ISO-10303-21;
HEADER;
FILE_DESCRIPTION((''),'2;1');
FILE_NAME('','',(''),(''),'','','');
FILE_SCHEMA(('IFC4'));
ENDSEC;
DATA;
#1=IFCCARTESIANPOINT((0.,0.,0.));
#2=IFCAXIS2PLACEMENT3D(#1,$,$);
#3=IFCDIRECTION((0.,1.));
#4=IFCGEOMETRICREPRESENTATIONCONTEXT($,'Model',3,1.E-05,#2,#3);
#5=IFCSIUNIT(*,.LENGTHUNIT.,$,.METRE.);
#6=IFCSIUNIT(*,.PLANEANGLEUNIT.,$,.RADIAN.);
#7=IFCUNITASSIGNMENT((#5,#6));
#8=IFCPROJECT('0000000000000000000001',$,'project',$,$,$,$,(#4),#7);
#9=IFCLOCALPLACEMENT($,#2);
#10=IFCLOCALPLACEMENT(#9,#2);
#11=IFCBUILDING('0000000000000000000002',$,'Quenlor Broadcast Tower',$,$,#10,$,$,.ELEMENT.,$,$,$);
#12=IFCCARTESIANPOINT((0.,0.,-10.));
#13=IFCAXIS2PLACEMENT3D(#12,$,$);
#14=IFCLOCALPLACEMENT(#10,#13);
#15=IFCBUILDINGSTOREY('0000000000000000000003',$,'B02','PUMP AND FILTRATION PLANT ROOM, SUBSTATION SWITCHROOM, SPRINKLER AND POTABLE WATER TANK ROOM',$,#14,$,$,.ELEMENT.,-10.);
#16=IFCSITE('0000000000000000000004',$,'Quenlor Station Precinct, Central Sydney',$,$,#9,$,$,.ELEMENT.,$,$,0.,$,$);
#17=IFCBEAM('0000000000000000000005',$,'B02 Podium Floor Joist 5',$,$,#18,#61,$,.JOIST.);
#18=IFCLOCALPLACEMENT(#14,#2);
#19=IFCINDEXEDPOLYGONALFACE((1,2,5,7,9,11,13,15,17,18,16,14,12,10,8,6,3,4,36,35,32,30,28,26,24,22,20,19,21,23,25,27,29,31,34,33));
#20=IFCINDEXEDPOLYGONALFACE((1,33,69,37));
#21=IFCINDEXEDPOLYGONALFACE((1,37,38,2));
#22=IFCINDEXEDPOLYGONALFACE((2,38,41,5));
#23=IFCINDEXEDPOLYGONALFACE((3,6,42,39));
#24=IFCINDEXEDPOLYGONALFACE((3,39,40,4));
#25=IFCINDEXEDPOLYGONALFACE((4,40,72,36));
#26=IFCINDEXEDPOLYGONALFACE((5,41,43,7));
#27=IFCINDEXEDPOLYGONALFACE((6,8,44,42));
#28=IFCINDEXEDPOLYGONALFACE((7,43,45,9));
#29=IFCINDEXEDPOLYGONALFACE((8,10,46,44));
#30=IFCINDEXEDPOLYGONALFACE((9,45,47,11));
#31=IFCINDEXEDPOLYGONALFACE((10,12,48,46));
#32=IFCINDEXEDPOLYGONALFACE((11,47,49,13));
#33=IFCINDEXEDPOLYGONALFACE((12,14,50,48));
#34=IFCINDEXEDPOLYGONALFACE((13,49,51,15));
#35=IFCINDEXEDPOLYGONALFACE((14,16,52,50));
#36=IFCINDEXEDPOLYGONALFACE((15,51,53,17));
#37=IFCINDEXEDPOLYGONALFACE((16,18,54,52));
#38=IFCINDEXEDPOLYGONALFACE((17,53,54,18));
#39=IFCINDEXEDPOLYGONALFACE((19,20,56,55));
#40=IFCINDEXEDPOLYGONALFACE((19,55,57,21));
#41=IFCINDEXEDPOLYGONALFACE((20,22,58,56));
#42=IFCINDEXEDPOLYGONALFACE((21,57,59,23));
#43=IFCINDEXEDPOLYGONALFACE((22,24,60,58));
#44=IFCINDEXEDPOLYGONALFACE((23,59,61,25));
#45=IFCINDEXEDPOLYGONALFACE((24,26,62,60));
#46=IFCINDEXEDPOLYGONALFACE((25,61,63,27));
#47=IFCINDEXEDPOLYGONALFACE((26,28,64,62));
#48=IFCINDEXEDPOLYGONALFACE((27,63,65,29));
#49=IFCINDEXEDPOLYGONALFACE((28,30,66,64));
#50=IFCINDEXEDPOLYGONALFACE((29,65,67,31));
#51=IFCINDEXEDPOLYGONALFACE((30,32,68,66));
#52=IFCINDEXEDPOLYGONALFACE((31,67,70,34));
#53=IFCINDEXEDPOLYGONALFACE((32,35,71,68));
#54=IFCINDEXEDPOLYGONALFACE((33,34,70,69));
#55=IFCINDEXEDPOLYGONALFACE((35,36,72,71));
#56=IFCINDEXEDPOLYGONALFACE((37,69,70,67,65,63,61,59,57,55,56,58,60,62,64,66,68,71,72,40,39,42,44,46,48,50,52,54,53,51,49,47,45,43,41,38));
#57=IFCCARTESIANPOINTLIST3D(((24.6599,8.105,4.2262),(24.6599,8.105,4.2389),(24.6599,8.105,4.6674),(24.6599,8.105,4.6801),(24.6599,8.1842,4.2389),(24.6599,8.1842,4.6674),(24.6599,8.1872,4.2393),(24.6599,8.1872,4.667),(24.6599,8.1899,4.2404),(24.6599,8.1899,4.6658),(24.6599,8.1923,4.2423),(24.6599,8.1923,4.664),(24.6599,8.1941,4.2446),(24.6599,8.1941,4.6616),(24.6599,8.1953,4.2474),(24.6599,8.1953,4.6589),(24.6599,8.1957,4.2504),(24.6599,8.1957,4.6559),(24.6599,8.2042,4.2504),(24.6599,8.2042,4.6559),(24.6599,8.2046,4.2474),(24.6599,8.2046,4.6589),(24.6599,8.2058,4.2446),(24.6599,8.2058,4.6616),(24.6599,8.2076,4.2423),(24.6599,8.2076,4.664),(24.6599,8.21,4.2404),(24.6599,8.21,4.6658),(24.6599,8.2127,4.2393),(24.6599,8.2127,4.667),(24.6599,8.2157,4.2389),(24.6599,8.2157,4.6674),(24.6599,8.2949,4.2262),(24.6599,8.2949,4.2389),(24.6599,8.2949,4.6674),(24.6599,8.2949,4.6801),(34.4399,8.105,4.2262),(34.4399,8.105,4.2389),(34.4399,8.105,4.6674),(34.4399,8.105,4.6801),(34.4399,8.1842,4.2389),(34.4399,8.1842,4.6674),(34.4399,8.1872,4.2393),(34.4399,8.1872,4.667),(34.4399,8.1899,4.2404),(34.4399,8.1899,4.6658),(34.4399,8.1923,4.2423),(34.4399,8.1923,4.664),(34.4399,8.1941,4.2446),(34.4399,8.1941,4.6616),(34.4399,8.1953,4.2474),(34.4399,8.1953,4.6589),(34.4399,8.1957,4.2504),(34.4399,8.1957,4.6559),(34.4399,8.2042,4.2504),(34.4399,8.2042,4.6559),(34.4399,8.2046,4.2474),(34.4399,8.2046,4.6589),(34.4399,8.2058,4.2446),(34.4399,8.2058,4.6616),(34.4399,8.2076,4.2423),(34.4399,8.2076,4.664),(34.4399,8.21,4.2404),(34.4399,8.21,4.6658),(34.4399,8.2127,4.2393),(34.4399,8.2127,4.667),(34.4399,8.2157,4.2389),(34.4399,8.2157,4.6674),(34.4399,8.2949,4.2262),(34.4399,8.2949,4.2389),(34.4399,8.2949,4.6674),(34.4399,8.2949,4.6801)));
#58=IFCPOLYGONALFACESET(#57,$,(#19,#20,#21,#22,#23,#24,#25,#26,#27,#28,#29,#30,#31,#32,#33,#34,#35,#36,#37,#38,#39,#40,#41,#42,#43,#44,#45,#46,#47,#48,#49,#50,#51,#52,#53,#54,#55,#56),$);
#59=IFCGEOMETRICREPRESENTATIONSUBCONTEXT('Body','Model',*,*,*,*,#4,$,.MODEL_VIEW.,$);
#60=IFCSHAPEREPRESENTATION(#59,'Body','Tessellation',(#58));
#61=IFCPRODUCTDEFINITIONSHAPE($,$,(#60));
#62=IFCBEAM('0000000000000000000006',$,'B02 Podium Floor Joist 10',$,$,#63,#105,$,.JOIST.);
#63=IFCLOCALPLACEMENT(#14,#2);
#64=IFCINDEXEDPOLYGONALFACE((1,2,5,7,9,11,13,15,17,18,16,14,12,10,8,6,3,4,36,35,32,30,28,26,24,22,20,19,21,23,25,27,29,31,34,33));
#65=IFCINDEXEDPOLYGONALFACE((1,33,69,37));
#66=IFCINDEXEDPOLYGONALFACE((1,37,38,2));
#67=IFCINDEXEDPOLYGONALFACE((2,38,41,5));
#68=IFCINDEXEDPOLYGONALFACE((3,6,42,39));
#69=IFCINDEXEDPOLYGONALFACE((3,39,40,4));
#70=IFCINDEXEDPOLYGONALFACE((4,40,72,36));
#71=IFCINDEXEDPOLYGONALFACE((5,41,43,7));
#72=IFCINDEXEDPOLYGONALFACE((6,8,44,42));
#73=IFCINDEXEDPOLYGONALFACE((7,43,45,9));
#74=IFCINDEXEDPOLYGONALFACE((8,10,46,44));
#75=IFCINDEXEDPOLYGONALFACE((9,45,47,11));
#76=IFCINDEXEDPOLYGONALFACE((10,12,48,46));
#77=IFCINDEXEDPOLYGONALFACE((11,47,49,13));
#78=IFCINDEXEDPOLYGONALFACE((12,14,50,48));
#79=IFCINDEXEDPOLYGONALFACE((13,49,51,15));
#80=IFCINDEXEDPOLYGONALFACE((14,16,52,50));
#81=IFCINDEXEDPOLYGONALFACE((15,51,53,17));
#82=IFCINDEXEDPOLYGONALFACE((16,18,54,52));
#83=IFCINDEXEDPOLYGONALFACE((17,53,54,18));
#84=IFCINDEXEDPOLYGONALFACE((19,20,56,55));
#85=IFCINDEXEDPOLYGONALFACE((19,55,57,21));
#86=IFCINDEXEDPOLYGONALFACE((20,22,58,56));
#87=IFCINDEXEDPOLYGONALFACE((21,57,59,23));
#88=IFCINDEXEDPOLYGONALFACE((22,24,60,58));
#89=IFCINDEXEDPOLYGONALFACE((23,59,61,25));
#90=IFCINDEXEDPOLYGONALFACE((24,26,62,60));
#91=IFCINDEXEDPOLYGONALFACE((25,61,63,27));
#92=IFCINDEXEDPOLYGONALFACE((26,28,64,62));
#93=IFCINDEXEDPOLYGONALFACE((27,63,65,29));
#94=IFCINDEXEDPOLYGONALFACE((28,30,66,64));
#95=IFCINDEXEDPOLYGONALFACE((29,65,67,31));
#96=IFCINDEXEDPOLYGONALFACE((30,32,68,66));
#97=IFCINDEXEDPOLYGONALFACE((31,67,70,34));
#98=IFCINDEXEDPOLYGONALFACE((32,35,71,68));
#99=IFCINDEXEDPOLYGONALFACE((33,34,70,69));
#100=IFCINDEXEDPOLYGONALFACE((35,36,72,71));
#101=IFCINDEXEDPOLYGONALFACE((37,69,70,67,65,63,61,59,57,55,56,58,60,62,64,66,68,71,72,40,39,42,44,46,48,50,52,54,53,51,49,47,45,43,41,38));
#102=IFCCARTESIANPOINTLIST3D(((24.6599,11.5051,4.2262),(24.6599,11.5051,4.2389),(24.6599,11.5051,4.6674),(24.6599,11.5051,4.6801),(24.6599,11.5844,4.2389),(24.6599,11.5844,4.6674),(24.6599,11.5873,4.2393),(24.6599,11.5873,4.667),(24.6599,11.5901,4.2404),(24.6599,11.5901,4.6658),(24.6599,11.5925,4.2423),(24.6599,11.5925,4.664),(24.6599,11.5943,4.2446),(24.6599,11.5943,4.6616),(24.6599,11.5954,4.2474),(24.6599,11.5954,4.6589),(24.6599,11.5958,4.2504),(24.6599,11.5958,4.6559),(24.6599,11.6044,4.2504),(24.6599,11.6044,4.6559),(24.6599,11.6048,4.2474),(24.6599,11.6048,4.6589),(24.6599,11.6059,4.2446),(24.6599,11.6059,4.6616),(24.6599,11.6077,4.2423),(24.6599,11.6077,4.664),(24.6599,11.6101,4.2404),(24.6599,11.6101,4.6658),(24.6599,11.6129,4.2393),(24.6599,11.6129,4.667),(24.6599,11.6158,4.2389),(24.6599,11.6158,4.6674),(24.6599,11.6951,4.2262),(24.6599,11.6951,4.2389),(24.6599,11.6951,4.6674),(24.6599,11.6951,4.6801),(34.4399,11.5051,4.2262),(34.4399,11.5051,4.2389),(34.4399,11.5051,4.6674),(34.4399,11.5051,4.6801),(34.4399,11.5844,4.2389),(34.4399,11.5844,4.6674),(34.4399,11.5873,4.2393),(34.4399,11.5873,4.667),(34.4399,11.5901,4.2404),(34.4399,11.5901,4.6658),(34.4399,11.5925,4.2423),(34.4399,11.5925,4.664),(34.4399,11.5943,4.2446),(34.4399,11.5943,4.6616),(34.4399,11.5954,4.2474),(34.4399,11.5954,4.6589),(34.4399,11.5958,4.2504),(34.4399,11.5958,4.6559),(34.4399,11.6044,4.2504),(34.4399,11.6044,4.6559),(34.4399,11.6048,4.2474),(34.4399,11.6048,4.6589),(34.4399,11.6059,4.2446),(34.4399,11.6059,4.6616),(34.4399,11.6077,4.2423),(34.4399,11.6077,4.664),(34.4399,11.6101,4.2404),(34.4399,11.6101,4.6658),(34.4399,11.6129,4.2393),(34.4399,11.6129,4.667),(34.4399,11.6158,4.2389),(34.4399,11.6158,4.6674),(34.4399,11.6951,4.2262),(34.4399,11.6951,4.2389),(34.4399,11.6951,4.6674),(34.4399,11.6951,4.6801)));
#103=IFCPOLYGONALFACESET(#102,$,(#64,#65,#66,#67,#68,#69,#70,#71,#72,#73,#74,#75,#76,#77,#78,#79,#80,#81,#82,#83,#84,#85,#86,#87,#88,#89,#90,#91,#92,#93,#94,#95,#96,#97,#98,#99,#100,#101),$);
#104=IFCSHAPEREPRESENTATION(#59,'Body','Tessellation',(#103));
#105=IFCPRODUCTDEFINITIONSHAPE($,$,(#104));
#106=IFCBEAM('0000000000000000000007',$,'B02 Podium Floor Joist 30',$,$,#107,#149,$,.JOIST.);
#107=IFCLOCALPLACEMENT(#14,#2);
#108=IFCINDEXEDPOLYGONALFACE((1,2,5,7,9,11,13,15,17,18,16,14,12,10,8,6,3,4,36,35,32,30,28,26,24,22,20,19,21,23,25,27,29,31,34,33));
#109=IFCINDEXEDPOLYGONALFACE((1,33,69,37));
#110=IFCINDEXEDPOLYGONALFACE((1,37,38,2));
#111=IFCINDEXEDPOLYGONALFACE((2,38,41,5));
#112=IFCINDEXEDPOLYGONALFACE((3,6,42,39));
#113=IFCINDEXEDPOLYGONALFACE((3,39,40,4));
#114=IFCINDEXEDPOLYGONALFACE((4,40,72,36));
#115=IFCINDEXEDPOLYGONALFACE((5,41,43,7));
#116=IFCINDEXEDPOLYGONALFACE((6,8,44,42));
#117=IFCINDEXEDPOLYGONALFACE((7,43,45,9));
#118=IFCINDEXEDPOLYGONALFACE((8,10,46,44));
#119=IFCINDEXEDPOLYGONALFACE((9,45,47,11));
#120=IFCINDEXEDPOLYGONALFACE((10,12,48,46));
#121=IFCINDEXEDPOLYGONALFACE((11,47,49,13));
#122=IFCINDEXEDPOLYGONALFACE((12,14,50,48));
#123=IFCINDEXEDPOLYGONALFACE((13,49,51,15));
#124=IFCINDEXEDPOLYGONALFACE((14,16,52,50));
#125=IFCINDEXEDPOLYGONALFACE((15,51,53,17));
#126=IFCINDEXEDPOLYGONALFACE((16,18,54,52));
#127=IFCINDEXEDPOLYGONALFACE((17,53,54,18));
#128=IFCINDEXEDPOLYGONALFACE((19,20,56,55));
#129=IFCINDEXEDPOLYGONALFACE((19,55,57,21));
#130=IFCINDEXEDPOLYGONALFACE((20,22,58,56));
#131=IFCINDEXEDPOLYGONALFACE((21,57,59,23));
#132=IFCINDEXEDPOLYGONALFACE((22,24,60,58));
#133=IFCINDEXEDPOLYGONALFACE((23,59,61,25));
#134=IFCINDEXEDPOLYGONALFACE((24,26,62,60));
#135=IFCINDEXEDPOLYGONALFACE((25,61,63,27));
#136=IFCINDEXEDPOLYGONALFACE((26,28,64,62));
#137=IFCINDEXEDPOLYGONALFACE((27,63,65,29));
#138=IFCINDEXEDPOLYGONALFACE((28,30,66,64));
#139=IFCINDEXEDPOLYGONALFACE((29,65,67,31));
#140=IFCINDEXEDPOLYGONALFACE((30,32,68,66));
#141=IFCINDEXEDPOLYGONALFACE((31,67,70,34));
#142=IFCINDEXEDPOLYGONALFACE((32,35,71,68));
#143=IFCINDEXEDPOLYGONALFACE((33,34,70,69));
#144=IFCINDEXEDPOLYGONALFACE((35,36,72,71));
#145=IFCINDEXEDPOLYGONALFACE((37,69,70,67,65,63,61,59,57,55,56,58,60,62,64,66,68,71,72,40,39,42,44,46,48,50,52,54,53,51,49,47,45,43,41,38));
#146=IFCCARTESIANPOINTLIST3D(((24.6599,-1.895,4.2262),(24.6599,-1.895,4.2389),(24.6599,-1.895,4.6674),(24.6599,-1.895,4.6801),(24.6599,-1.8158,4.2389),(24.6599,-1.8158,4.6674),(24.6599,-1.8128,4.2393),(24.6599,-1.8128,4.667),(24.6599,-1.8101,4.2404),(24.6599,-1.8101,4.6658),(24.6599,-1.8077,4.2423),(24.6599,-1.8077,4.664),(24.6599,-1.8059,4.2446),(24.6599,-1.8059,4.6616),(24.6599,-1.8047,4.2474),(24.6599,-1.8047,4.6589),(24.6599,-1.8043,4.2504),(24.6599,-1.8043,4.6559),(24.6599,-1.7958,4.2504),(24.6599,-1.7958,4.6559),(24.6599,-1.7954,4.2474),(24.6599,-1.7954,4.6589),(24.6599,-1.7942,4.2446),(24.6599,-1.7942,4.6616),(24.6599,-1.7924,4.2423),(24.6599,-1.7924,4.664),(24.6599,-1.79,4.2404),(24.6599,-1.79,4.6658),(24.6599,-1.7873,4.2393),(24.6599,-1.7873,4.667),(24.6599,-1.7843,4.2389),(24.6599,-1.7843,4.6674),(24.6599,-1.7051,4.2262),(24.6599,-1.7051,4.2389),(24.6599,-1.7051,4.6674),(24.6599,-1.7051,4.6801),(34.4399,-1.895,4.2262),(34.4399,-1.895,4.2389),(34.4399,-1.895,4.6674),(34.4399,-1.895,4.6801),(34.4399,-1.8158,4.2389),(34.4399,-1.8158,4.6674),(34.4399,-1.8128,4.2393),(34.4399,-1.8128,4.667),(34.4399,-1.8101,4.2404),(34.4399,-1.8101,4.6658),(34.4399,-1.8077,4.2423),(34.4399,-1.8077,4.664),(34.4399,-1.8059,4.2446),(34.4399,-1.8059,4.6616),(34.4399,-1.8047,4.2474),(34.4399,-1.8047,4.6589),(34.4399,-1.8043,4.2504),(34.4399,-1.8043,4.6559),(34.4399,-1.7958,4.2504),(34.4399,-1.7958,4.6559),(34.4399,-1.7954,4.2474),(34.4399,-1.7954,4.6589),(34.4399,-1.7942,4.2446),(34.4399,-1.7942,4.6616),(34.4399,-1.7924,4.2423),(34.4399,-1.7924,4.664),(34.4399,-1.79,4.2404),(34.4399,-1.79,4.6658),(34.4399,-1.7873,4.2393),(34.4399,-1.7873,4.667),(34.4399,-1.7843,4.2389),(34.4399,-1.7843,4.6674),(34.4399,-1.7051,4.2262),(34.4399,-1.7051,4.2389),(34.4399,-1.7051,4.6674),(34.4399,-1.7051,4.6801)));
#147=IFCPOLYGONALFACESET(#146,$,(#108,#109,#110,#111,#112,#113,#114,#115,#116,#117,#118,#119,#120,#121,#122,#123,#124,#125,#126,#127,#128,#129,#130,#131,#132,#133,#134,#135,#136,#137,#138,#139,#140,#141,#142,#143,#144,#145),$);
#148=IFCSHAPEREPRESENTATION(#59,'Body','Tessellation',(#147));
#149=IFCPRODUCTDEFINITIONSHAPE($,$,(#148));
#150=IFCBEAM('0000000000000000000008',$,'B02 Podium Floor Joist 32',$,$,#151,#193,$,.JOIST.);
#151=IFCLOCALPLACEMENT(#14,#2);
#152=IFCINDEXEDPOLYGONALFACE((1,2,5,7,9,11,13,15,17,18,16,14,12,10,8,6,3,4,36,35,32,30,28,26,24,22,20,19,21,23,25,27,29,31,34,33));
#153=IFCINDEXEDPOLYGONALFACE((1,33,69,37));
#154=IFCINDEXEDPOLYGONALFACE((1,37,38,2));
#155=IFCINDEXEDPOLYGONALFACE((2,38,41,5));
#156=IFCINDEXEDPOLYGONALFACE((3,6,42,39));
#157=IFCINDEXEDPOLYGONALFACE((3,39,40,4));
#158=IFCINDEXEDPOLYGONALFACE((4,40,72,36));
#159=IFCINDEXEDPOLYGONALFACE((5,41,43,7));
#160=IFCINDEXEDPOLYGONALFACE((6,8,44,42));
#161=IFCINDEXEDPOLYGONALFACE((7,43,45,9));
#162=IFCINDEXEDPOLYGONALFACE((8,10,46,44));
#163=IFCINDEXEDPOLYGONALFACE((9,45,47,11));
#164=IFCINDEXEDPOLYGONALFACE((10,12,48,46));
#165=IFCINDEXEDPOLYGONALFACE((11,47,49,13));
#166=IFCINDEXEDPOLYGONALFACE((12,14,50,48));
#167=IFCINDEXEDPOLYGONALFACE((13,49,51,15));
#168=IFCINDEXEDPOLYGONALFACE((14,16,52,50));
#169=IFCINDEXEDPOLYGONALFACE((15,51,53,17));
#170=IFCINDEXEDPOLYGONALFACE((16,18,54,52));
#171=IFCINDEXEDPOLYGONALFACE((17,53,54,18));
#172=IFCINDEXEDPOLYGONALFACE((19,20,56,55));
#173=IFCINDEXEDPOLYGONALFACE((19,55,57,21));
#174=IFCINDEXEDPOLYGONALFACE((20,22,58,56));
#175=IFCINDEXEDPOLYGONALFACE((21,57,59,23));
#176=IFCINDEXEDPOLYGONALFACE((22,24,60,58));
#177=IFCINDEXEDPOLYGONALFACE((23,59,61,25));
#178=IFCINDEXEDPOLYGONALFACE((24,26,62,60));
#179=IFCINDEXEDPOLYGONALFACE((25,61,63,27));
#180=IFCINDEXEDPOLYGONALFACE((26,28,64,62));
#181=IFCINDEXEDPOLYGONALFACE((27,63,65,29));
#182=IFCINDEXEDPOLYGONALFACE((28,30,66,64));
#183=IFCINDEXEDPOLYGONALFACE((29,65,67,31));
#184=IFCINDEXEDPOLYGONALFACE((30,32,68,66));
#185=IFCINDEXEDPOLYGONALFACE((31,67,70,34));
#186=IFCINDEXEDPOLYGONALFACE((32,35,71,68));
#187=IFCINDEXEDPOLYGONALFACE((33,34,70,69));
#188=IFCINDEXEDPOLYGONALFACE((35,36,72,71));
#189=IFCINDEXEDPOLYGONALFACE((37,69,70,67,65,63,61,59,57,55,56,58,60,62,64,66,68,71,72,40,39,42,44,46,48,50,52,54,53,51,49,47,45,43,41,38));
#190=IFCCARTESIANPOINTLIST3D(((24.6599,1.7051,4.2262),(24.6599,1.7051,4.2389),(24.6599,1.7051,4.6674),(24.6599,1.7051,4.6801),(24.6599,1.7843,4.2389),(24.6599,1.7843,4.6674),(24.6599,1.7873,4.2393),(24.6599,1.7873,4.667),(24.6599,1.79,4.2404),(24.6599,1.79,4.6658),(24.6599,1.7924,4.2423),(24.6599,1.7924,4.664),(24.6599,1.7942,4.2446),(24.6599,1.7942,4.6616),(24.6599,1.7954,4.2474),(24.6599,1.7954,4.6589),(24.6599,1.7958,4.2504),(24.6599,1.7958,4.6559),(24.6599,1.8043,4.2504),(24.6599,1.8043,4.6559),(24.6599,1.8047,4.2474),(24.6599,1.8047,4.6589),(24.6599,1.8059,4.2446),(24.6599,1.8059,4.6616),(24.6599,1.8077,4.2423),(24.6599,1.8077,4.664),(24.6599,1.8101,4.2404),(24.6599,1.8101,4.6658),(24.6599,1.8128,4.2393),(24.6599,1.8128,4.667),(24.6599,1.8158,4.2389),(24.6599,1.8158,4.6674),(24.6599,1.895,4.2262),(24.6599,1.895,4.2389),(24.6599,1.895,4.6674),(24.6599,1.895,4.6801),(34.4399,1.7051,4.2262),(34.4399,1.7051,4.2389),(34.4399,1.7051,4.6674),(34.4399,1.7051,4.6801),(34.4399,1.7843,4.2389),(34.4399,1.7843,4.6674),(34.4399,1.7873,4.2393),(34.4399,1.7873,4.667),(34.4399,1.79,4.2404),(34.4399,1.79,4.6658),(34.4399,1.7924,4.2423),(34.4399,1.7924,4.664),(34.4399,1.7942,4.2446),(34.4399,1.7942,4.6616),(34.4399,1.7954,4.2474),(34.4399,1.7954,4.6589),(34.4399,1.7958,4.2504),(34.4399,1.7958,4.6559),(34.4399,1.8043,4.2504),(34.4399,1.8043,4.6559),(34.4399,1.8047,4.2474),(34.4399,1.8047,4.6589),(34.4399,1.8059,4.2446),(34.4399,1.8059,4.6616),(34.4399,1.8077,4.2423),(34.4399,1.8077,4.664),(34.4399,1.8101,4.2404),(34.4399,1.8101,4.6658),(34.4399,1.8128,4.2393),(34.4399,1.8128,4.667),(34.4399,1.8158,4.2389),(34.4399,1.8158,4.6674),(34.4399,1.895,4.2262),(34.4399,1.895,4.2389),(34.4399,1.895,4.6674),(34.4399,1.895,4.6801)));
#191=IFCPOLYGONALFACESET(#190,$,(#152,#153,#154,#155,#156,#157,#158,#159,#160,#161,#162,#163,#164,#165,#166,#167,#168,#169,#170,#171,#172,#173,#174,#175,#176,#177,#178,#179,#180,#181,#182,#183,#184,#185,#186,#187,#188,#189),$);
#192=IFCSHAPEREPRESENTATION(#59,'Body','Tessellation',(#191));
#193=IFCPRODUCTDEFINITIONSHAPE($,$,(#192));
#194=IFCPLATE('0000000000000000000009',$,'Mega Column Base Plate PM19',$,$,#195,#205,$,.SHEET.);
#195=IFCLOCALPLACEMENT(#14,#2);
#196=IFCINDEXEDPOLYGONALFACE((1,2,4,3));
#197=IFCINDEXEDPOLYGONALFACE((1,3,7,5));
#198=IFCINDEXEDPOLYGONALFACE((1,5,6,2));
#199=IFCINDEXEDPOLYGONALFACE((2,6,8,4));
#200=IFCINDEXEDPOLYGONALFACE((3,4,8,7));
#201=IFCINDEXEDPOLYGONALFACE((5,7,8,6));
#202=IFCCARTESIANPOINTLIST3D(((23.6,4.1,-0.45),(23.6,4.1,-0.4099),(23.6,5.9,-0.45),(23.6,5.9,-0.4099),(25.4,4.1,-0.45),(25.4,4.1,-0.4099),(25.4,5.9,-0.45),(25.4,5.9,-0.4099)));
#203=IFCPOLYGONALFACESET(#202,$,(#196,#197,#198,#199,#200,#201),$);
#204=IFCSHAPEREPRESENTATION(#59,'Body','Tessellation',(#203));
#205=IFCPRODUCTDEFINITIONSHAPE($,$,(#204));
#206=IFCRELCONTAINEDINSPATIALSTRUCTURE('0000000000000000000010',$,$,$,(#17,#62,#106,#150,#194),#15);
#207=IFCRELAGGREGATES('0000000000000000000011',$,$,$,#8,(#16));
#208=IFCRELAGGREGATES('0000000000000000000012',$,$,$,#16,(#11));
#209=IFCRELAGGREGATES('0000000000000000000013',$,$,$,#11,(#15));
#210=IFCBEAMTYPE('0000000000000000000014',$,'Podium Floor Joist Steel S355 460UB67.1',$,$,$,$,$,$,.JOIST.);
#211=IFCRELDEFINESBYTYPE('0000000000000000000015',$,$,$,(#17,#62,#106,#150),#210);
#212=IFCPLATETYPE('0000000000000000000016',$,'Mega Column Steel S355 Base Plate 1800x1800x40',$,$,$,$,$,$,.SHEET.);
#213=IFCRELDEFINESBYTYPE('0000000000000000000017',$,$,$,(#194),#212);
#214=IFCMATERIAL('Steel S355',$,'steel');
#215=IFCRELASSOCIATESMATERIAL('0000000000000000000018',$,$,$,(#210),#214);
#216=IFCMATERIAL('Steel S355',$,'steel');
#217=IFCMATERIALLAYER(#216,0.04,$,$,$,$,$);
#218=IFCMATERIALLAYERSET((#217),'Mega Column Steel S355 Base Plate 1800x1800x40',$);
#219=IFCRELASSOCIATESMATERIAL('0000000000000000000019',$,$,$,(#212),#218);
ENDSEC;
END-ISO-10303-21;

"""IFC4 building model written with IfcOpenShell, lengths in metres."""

from ifc_helpers import new_model, si_unit, direction, frame, origin, origin_2d, place, context, subcontext, project, spatial, rectangle, i_section, extrude, material, layer, layer_set, material_profile, profile_set, type_object, element, save


model = new_model("IFC4")

# Units and contexts
model_context = context("Model", 3, precision=1e-05, world=origin(), true_north=direction((0.0, 1.0)))
body_context = subcontext(model_context, "Body", "Model", "MODEL_VIEW")
ifc_project = project(units=[si_unit("LENGTHUNIT", "METRE"), si_unit("PLANEANGLEUNIT", "RADIAN")], contexts=[model_context])

# Site, building, storey
site_placement = place(None, origin())
site = spatial("IfcSite", under=ifc_project, at=site_placement, Name="Quenlor Station Precinct, Central Sydney", CompositionType="ELEMENT", RefElevation=0.0)
building_placement = place(site_placement, origin())
building = spatial("IfcBuilding", under=site, at=building_placement, Name="Quenlor Broadcast Tower", CompositionType="ELEMENT")
storey_placement = place(building_placement, frame((0.0, 0.0, -10.0)))
storey = spatial("IfcBuildingStorey", under=building, at=storey_placement, Name="B02", Description="PUMP AND FILTRATION PLANT ROOM, SUBSTATION SWITCHROOM, SPRINKLER AND POTABLE WATER TANK ROOM", CompositionType="ELEMENT", Elevation=-10.0)

# Beams
ifc_material_1 = material(Name="Steel S355", Category="steel")
ifc_material_profile_1 = material_profile(ifc_material_1, i_section(OverallWidth=0.1899, OverallDepth=0.4539, WebThickness=0.0085, FlangeThickness=0.0127, FilletRadius=0.0115, at=origin_2d()))
ifc_profile_set_1 = profile_set([ifc_material_profile_1], Name="Steel S355 460UB67.1")
beam_type_1 = type_object("IfcBeamType", Name="Podium Floor Joist Steel S355 460UB67.1", PredefinedType="JOIST", material=ifc_profile_set_1)
for number, where, z_axis, x_axis, name in (
    (1, (24.6599, 8.2, 4.4531), (1.0, 0.0, 0.0), (0.0, 1.0, 0.0), "B02 Podium Floor Joist 5"),
    (2, (24.6599, 11.6001, 4.4531), (1.0, 0.0, 0.0), (0.0, 1.0, 0.0), "B02 Podium Floor Joist 10"),
    (3, (24.6599, -1.8, 4.4531), (1.0, 0.0, 0.0), (0.0, 1.0, 0.0), "B02 Podium Floor Joist 30"),
    (4, (24.6599, 1.8, 4.4531), (1.0, 0.0, 0.0), (0.0, 1.0, 0.0), "B02 Podium Floor Joist 32"),
):
    element("IfcBeam", number, at=place(storey_placement, frame(where, z_axis=z_axis, x_axis=x_axis)), inside=storey, type_object=beam_type_1, Name=name, PredefinedType="JOIST", context=body_context, shape_type="SweptSolid", body=[
        extrude(i_section(OverallWidth=0.1899, OverallDepth=0.4539, WebThickness=0.0085, FlangeThickness=0.0127, FilletRadius=0.0115, at=origin_2d()), origin(), (0.0, 0.0, 1.0), 9.78),
    ])

# Plate
ifc_material_2 = material(Name="Steel S355", Category="steel")
ifc_layer_1 = layer(ifc_material_2, 0.04)
ifc_layer_set_1 = layer_set([ifc_layer_1], Name="Mega Column Steel S355 Base Plate 1800x1800x40")
plate_type = type_object("IfcPlateType", Name="Mega Column Steel S355 Base Plate 1800x1800x40", PredefinedType="SHEET", material=ifc_layer_set_1)
for number, where, z_axis, x_axis, name in (
    (5, (24.5, 5.0, -0.45), (0.0, 0.0, 1.0), (1.0, 0.0, 0.0), "Mega Column Base Plate PM19"),
):
    element("IfcPlate", number, at=place(storey_placement, frame(where, z_axis=z_axis, x_axis=x_axis)), inside=storey, type_object=plate_type, Name=name, PredefinedType="SHEET", context=body_context, shape_type="SweptSolid", body=[
        extrude(rectangle(XDim=1.8, YDim=1.8, at=origin_2d()), origin(), (0.0, 0.0, 1.0), 0.04),
    ])

save(model, "model.ifc")
